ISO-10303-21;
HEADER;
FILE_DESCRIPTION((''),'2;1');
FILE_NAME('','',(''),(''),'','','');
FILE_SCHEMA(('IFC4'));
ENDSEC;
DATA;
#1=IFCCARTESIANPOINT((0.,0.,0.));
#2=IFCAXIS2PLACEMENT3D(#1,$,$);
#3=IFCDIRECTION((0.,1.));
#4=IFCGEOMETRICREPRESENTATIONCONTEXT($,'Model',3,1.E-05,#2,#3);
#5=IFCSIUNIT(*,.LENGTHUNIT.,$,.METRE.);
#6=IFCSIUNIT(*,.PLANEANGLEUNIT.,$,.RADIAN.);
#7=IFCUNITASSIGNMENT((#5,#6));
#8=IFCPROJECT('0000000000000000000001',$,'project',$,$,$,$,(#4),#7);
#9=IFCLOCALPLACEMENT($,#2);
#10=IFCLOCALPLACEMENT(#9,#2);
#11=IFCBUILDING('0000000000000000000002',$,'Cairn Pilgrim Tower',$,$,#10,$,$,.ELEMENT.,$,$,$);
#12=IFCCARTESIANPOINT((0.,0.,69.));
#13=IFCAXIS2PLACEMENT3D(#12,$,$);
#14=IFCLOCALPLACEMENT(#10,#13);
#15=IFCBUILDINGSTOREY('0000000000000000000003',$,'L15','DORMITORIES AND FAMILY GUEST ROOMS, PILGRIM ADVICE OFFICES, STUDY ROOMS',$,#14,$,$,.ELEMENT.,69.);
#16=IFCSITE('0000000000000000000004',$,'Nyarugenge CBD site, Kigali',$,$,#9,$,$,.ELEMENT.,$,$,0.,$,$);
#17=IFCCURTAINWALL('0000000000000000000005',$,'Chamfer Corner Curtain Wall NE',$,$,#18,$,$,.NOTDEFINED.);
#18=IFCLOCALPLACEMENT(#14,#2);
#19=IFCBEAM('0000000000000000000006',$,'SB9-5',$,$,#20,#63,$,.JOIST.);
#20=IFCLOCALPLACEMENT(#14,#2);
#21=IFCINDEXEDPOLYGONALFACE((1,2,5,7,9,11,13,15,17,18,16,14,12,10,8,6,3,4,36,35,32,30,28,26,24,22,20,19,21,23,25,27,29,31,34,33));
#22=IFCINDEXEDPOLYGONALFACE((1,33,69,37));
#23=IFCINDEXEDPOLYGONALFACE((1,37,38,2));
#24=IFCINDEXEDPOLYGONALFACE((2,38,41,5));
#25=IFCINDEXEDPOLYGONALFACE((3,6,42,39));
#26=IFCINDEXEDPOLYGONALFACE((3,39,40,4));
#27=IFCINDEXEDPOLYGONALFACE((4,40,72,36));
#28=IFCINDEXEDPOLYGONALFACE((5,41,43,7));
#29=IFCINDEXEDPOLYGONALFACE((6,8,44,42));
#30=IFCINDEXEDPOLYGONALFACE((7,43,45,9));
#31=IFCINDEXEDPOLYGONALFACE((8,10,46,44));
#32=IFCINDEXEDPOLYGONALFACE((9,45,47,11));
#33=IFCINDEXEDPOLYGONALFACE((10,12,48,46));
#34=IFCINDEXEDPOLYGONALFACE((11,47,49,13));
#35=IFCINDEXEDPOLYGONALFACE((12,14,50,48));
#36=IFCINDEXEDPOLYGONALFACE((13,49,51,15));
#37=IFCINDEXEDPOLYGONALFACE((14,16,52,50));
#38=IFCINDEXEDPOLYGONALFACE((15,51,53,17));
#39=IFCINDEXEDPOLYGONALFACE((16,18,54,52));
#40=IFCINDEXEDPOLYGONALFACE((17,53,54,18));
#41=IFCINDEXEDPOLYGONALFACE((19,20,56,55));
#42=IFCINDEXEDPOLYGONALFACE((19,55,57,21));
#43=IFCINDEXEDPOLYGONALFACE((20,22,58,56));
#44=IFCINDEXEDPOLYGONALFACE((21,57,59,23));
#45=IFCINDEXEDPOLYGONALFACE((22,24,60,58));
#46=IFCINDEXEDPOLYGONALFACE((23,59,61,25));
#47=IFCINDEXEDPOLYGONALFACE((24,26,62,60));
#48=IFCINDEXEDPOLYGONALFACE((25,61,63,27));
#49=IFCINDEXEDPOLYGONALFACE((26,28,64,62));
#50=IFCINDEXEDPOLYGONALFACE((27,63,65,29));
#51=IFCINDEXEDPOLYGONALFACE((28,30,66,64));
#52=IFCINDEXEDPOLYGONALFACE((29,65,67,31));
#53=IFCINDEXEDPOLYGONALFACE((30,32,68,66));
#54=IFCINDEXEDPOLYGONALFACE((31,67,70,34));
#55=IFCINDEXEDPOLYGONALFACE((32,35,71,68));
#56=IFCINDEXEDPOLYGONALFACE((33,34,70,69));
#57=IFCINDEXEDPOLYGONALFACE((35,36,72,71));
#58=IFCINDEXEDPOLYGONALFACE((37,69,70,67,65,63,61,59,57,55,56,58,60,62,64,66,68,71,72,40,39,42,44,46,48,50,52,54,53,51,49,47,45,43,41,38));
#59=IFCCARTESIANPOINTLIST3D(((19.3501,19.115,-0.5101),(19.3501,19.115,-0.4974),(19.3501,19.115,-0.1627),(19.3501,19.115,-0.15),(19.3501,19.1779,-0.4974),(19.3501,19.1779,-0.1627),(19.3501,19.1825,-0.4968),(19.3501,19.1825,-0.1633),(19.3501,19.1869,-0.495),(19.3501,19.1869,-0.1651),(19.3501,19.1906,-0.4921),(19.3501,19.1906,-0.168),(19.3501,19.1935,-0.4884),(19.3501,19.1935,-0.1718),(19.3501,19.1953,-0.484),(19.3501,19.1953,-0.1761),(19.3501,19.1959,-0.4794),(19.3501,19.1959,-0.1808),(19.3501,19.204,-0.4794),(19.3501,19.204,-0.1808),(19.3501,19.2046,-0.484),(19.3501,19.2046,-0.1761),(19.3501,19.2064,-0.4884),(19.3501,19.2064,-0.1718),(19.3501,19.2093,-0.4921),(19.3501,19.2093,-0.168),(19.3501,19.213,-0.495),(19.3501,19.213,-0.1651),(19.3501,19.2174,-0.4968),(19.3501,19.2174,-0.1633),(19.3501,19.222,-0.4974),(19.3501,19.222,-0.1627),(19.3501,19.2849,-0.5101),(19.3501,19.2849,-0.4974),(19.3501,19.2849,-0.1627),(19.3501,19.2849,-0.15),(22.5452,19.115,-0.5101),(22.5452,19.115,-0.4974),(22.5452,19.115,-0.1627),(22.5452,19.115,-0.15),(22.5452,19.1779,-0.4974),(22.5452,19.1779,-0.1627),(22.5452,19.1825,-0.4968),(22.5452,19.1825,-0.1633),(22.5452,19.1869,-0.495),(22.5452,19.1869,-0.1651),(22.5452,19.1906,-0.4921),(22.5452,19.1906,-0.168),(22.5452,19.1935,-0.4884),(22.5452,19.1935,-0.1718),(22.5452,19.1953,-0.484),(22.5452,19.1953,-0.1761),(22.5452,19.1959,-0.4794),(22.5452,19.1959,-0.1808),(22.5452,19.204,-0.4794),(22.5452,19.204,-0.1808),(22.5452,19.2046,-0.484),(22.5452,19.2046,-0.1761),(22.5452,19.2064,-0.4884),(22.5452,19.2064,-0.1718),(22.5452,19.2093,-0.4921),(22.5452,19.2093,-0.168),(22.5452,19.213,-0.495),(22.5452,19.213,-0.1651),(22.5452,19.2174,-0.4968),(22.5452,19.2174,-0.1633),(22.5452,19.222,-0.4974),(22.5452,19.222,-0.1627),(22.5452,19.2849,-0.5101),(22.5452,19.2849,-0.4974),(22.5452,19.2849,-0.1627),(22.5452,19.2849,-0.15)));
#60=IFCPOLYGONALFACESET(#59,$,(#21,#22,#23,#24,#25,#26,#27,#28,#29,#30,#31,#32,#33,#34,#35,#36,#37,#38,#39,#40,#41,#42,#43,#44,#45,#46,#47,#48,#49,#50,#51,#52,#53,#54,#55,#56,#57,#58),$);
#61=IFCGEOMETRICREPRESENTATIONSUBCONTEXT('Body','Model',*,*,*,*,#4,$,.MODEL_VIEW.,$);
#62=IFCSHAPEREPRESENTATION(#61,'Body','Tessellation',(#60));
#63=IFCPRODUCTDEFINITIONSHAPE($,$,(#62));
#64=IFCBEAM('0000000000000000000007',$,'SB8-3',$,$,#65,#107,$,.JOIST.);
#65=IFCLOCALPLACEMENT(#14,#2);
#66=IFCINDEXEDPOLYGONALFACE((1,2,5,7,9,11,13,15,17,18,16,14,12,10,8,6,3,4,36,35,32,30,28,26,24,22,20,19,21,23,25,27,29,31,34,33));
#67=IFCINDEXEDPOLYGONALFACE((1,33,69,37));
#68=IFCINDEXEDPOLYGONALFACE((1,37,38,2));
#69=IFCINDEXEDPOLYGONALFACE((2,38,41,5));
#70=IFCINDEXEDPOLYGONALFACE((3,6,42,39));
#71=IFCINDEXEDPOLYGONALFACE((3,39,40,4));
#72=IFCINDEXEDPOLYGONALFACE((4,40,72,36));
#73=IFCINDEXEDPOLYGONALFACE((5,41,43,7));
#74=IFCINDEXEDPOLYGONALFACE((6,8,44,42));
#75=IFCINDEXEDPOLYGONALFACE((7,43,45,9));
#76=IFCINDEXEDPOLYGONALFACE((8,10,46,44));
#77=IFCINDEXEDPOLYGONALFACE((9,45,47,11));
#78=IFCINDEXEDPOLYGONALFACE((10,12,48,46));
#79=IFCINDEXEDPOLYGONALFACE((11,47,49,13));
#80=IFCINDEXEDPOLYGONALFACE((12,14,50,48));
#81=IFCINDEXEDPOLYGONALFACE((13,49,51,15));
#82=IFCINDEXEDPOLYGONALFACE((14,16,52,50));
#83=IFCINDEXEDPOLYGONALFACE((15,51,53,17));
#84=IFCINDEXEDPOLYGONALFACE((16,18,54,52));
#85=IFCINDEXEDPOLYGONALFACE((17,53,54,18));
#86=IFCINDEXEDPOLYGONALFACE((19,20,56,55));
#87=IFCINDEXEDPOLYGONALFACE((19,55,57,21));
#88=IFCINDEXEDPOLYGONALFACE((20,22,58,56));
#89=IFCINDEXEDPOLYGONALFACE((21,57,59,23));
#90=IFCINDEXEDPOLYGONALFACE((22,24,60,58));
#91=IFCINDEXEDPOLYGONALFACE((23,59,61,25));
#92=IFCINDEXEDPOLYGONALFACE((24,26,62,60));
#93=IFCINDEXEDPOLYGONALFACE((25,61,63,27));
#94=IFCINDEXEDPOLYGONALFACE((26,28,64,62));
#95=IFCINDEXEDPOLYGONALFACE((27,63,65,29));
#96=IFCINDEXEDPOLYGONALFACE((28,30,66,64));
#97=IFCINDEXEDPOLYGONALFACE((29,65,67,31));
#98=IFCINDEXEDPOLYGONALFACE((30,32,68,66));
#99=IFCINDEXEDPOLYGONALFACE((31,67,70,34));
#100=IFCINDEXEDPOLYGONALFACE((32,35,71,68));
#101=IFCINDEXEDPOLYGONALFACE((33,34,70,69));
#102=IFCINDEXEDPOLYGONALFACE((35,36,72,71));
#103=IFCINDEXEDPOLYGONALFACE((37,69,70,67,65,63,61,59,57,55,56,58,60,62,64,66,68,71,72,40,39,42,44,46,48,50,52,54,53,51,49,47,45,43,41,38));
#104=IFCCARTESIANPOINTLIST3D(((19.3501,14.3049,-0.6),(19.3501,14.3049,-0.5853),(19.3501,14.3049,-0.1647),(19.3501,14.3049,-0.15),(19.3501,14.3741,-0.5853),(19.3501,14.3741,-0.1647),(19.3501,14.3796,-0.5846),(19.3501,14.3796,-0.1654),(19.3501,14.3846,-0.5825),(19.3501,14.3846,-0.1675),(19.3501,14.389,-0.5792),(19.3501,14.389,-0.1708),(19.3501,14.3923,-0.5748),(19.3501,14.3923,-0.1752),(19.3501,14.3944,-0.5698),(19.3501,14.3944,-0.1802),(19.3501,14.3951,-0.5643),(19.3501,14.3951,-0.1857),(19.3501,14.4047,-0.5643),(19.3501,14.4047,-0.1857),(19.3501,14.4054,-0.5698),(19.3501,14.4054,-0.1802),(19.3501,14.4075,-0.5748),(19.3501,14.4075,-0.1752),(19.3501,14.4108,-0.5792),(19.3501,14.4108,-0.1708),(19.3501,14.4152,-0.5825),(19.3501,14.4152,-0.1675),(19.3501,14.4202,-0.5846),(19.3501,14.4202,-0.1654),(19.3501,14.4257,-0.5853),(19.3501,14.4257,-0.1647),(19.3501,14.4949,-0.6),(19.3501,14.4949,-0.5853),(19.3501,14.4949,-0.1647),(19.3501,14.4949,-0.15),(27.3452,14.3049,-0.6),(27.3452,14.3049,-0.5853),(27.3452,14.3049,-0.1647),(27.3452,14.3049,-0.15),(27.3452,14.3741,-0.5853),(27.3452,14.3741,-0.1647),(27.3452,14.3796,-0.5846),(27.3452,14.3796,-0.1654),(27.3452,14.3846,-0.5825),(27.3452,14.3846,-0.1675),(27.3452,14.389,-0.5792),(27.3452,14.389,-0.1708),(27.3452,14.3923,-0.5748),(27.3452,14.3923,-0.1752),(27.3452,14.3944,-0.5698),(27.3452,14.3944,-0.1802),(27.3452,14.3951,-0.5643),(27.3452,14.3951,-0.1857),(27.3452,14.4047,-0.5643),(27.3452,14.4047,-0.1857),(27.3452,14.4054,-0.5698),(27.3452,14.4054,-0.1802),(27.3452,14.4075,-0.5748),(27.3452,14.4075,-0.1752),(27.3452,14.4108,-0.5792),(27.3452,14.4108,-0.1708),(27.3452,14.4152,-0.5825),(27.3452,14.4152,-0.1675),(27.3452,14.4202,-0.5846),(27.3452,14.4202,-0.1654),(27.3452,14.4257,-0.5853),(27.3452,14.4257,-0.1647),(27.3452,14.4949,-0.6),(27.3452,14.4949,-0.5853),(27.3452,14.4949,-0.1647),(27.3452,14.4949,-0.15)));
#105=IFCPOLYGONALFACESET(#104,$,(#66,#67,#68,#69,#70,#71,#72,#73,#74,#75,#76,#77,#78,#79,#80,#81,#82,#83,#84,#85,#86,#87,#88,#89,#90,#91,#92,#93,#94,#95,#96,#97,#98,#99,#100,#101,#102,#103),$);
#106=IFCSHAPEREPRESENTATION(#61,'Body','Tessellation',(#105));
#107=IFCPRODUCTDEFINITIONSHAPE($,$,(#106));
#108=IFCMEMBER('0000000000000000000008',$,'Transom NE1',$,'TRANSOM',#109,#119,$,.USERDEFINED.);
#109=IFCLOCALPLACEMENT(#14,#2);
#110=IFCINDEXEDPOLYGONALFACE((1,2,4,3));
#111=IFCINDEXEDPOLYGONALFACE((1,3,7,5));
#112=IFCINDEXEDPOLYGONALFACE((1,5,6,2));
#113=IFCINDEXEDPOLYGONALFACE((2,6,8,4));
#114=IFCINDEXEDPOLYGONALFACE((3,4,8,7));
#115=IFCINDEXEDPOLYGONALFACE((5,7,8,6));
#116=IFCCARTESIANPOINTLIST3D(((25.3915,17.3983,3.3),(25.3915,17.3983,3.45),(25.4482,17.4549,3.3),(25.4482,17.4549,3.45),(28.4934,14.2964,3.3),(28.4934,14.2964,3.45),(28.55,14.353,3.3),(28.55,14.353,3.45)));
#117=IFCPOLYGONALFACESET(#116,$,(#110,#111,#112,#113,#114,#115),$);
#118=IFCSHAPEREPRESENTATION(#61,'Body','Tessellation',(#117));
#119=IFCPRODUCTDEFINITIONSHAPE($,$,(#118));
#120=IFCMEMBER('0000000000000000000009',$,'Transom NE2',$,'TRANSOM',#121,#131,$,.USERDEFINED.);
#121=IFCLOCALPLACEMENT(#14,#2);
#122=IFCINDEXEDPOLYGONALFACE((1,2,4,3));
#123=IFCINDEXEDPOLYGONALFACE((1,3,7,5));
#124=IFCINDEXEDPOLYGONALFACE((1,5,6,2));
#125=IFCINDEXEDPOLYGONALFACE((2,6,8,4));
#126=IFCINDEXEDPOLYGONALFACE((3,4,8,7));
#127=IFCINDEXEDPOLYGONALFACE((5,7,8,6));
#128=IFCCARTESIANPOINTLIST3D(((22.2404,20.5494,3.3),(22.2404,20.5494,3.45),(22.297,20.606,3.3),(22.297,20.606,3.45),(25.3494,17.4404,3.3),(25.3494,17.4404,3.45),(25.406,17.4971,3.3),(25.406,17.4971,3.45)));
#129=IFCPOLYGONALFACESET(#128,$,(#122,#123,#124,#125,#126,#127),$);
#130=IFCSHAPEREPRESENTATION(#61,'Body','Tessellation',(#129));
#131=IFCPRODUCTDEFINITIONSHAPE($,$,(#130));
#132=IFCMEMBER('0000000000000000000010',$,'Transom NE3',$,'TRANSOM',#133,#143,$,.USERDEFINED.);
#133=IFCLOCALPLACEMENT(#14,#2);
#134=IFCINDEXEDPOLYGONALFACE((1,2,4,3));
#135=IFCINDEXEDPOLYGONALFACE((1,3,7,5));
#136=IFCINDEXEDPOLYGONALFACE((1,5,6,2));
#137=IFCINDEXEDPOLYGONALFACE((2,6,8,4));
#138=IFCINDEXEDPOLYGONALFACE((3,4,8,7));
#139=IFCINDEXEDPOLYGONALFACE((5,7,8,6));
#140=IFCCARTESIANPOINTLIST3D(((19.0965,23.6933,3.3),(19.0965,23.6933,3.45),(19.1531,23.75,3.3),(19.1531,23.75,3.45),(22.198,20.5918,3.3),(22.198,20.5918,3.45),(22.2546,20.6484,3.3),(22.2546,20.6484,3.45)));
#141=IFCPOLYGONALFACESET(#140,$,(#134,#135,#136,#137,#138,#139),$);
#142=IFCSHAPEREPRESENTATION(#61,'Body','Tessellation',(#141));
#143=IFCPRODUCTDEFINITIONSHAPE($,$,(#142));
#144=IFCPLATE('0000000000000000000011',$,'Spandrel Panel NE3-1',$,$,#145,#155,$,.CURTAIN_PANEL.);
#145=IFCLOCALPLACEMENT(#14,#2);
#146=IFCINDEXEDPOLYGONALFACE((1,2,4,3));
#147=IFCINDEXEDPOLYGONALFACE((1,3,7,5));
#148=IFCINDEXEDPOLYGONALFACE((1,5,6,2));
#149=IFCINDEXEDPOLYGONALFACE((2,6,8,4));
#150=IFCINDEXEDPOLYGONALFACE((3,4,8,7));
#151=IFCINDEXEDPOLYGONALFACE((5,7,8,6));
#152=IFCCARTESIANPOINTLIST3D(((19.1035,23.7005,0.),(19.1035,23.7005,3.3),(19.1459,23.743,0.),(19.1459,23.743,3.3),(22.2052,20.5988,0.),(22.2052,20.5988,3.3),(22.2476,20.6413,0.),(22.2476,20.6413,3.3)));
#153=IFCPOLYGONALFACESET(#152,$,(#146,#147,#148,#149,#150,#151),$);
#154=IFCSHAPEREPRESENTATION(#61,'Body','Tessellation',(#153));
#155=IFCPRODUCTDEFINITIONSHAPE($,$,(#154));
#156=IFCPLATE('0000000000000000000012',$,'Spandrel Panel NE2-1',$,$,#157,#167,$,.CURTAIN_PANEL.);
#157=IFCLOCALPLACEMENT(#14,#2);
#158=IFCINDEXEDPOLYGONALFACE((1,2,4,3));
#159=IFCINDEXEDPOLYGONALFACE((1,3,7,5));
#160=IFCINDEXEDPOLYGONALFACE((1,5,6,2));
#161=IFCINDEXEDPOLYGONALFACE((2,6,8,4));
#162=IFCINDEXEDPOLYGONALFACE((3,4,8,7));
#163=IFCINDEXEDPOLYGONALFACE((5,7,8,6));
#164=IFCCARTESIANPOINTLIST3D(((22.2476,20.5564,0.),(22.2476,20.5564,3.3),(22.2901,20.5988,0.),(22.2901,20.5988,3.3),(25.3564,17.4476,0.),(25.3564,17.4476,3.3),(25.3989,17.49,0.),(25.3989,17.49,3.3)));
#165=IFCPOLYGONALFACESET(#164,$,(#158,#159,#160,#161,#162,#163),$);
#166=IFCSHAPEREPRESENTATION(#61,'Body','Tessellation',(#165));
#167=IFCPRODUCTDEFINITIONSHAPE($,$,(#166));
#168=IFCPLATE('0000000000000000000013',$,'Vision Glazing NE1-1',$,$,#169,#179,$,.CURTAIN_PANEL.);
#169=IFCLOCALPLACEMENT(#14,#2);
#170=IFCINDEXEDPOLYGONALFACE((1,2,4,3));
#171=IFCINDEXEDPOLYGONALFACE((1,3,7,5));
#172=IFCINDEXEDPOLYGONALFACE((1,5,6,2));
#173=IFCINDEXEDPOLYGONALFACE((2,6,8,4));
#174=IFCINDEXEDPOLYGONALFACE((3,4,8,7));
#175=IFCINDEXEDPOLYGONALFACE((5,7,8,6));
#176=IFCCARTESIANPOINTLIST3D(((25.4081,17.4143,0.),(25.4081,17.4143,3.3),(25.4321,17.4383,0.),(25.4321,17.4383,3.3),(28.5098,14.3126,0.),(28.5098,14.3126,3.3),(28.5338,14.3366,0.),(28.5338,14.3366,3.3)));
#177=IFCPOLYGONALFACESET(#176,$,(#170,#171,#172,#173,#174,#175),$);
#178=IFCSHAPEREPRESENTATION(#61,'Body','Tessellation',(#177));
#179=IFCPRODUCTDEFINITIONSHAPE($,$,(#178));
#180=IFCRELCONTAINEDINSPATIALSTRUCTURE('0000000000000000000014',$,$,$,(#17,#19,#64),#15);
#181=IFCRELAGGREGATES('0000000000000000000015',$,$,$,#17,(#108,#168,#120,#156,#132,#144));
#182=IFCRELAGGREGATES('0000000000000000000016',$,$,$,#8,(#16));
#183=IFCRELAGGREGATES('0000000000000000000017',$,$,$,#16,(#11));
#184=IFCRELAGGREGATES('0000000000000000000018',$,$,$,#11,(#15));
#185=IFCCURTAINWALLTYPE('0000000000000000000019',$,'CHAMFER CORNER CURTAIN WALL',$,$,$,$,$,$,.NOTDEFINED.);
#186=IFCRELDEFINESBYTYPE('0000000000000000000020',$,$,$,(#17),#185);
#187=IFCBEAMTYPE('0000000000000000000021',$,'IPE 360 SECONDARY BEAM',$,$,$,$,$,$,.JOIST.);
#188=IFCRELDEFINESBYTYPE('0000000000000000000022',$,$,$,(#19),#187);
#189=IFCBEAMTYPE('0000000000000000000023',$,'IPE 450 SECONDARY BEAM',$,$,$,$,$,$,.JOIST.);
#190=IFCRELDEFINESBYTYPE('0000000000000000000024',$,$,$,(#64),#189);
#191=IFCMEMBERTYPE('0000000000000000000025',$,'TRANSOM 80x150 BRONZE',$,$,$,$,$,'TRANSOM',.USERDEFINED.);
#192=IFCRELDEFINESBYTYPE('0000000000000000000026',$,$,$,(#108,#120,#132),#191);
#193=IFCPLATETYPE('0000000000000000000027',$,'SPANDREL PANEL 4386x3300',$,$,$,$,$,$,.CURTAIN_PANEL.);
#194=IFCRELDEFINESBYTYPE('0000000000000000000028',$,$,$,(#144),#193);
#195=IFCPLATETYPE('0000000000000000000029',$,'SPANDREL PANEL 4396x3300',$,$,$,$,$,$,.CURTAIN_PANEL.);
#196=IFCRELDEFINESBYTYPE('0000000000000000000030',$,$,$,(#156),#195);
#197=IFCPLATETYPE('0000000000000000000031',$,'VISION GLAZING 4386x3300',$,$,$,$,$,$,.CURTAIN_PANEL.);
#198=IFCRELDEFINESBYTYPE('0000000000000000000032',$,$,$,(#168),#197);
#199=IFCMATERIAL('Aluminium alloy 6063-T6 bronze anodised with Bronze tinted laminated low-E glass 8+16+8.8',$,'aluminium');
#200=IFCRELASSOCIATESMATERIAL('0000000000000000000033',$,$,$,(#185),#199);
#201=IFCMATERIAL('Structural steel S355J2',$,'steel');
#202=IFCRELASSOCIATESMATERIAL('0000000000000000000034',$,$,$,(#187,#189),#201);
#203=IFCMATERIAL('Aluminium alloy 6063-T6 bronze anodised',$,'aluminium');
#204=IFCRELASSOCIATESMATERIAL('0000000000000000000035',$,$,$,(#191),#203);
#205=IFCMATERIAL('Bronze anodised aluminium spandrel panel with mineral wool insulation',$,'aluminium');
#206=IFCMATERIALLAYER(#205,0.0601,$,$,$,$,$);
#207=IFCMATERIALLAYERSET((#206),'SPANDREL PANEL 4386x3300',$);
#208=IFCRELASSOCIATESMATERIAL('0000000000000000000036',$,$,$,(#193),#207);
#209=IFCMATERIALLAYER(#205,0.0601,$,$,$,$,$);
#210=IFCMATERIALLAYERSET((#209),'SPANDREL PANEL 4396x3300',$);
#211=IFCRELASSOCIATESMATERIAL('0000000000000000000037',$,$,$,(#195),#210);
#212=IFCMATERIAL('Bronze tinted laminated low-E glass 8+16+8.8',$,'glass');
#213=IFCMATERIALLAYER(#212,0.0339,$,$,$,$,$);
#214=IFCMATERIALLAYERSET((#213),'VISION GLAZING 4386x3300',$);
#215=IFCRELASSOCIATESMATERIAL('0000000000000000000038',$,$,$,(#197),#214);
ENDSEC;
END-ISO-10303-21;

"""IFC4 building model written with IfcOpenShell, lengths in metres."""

from ifc_helpers import new_model, si_unit, direction, frame, origin, origin_2d, place, context, subcontext, project, spatial, rectangle, i_section, extrude, material, layer, layer_set, material_profile, profile_set, type_object, element, aggregate, save


model = new_model("IFC4")

# Units and contexts
model_context = context("Model", 3, precision=1e-05, world=origin(), true_north=direction((0.0, 1.0)))
body_context = subcontext(model_context, "Body", "Model", "MODEL_VIEW")
ifc_project = project(units=[si_unit("LENGTHUNIT", "METRE"), si_unit("PLANEANGLEUNIT", "RADIAN")], contexts=[model_context])

# Site, building, storey
site_placement = place(None, origin())
site = spatial("IfcSite", under=ifc_project, at=site_placement, Name="Nyarugenge CBD site, Kigali", CompositionType="ELEMENT", RefElevation=0.0)
building_placement = place(site_placement, origin())
building = spatial("IfcBuilding", under=site, at=building_placement, Name="Cairn Pilgrim Tower", CompositionType="ELEMENT")
storey_placement = place(building_placement, frame((0.0, 0.0, 69.0)))
storey = spatial("IfcBuildingStorey", under=building, at=storey_placement, Name="L15", Description="DORMITORIES AND FAMILY GUEST ROOMS, PILGRIM ADVICE OFFICES, STUDY ROOMS", CompositionType="ELEMENT", Elevation=69.0)

# Shared definitions
ifc_material_1 = material(Name="Structural steel S355J2", Category="steel")

# Curtain wall
ifc_material_2 = material(Name="Aluminium alloy 6063-T6 bronze anodised with Bronze tinted laminated low-E glass 8+16+8.8", Category="aluminium")
curtain_wall_type_1 = type_object("IfcCurtainWallType", Name="CHAMFER CORNER CURTAIN WALL", PredefinedType="NOTDEFINED", material=ifc_material_2)
curtain_wall_1_placement = place(storey_placement, origin())
curtain_wall_1 = element("IfcCurtainWall", 1, at=curtain_wall_1_placement, inside=storey, type_object=curtain_wall_type_1, Name="Chamfer Corner Curtain Wall NE", PredefinedType="NOTDEFINED")
ifc_material_3 = material(Name="Aluminium alloy 6063-T6 bronze anodised", Category="aluminium")

# Beams
ifc_material_profile_1 = material_profile(ifc_material_1, i_section(OverallWidth=0.1699, OverallDepth=0.3601, WebThickness=0.0081, FlangeThickness=0.0127, FilletRadius=0.0181, at=origin_2d()), Name="IPE 360")
ifc_profile_set_1 = profile_set([ifc_material_profile_1], Name="Structural steel S355J2")
beam_type_1 = type_object("IfcBeamType", Name="IPE 360 SECONDARY BEAM", PredefinedType="JOIST", material=ifc_profile_set_1)
beam_1_placement = place(storey_placement, frame((19.3501, 19.2, -0.3301), z_axis=(1.0, 0.0, 0.0), x_axis=(0.0, 1.0, 0.0)))
element("IfcBeam", 2, at=beam_1_placement, inside=storey, type_object=beam_type_1, Name="SB9-5", PredefinedType="JOIST", context=body_context, shape_type="SweptSolid", body=[
    extrude(i_section(OverallWidth=0.1699, OverallDepth=0.3601, WebThickness=0.0081, FlangeThickness=0.0127, FilletRadius=0.0181, at=origin_2d()), origin(), (0.0, 0.0, 1.0), 3.1951),
])
ifc_material_profile_2 = material_profile(ifc_material_1, i_section(OverallWidth=0.1899, OverallDepth=0.45, WebThickness=0.0095, FlangeThickness=0.0146, FilletRadius=0.021, at=origin_2d()), Name="IPE 450")
ifc_profile_set_2 = profile_set([ifc_material_profile_2], Name="Structural steel S355J2")
beam_type_2 = type_object("IfcBeamType", Name="IPE 450 SECONDARY BEAM", PredefinedType="JOIST", material=ifc_profile_set_2)
beam_2_placement = place(storey_placement, frame((19.3501, 14.3999, -0.375), z_axis=(1.0, 0.0, 0.0), x_axis=(0.0, 1.0, 0.0)))
element("IfcBeam", 3, at=beam_2_placement, inside=storey, type_object=beam_type_2, Name="SB8-3", PredefinedType="JOIST", context=body_context, shape_type="SweptSolid", body=[
    extrude(i_section(OverallWidth=0.1899, OverallDepth=0.45, WebThickness=0.0095, FlangeThickness=0.0146, FilletRadius=0.021, at=origin_2d()), origin(), (0.0, 0.0, 1.0), 7.9951),
])

# Members
ifc_material_profile_3 = material_profile(ifc_material_3, rectangle(XDim=0.0801, YDim=0.1499, at=origin_2d()), Name="TRANSOM 80x150 BRONZE")
ifc_profile_set_3 = profile_set([ifc_material_profile_3], Name="Aluminium alloy 6063-T6 bronze anodised")
member_type_1 = type_object("IfcMemberType", Name="TRANSOM 80x150 BRONZE", ElementType="TRANSOM", PredefinedType="USERDEFINED", material=ifc_profile_set_3)
member_1_placement = place(storey_placement, frame((28.5217, 14.3247, 3.375), z_axis=(-0.707107, 0.707107, 0.0), x_axis=(-0.707107, -0.707107, 0.0)))
member_1 = element("IfcMember", 4, at=member_1_placement, type_object=member_type_1, Name="Transom NE1", ObjectType="TRANSOM", PredefinedType="USERDEFINED", context=body_context, shape_type="SweptSolid", body=[
    extrude(rectangle(XDim=0.0801, YDim=0.1499, at=origin_2d()), origin(), (0.0, 0.0, 1.0), 4.3867),
])
member_2_placement = place(storey_placement, frame((25.3777, 17.4688, 3.375), z_axis=(-0.707107, 0.707107, 0.0), x_axis=(-0.707107, -0.707107, 0.0)))
member_2 = element("IfcMember", 5, at=member_2_placement, type_object=member_type_1, Name="Transom NE2", ObjectType="TRANSOM", PredefinedType="USERDEFINED", context=body_context, shape_type="SweptSolid", body=[
    extrude(rectangle(XDim=0.0801, YDim=0.1499, at=origin_2d()), origin(), (0.0, 0.0, 1.0), 4.3967),
])
member_3_placement = place(storey_placement, frame((22.2263, 20.6201, 3.375), z_axis=(-0.707107, 0.707107, 0.0), x_axis=(-0.707107, -0.707107, 0.0)))
member_3 = element("IfcMember", 6, at=member_3_placement, type_object=member_type_1, Name="Transom NE3", ObjectType="TRANSOM", PredefinedType="USERDEFINED", context=body_context, shape_type="SweptSolid", body=[
    extrude(rectangle(XDim=0.0801, YDim=0.1499, at=origin_2d()), origin(), (0.0, 0.0, 1.0), 4.3862),
])

# Plates
ifc_material_4 = material(Name="Bronze anodised aluminium spandrel panel with mineral wool insulation", Category="aluminium")
ifc_layer_1 = layer(ifc_material_4, 0.0601)
ifc_layer_set_1 = layer_set([ifc_layer_1], Name="SPANDREL PANEL 4386x3300")
plate_type_1 = type_object("IfcPlateType", Name="SPANDREL PANEL 4386x3300", PredefinedType="CURTAIN_PANEL", material=ifc_layer_set_1)
plate_1_placement = place(storey_placement, frame((20.6755, 22.1709, 0.0), z_axis=(0.0, 0.0, 1.0), x_axis=(-0.707107, 0.707107, 0.0)))
plate_1 = element("IfcPlate", 7, at=plate_1_placement, type_object=plate_type_1, Name="Spandrel Panel NE3-1", PredefinedType="CURTAIN_PANEL", context=body_context, shape_type="SweptSolid", body=[
    extrude(rectangle(XDim=4.3865, YDim=0.0601, at=origin_2d()), origin(), (0.0, 0.0, 1.0), 3.3),
])
ifc_layer_2 = layer(ifc_material_4, 0.0601)
ifc_layer_set_2 = layer_set([ifc_layer_2], Name="SPANDREL PANEL 4396x3300")
plate_type_2 = type_object("IfcPlateType", Name="SPANDREL PANEL 4396x3300", PredefinedType="CURTAIN_PANEL", material=ifc_layer_set_2)
plate_2_placement = place(storey_placement, frame((23.8232, 19.0232, 0.0), z_axis=(0.0, 0.0, 1.0), x_axis=(-0.707107, 0.707107, 0.0)))
plate_2 = element("IfcPlate", 8, at=plate_2_placement, type_object=plate_type_2, Name="Spandrel Panel NE2-1", PredefinedType="CURTAIN_PANEL", context=body_context, shape_type="SweptSolid", body=[
    extrude(rectangle(XDim=4.3965, YDim=0.0601, at=origin_2d()), origin(), (0.0, 0.0, 1.0), 3.3),
])
ifc_material_5 = material(Name="Bronze tinted laminated low-E glass 8+16+8.8", Category="glass")
ifc_layer_3 = layer(ifc_material_5, 0.0339)
ifc_layer_set_3 = layer_set([ifc_layer_3], Name="VISION GLAZING 4386x3300")
plate_type_3 = type_object("IfcPlateType", Name="VISION GLAZING 4386x3300", PredefinedType="CURTAIN_PANEL", material=ifc_layer_set_3)
plate_3_placement = place(storey_placement, frame((26.9709, 15.8755, 0.0), z_axis=(0.0, 0.0, 1.0), x_axis=(-0.707107, 0.707107, 0.0)))
plate_3 = element("IfcPlate", 9, at=plate_3_placement, type_object=plate_type_3, Name="Vision Glazing NE1-1", PredefinedType="CURTAIN_PANEL", context=body_context, shape_type="SweptSolid", body=[
    extrude(rectangle(XDim=4.3865, YDim=0.0339, at=origin_2d()), origin(), (0.0, 0.0, 1.0), 3.3),
])
aggregate(curtain_wall_1, [member_1, plate_3, member_2, plate_2, member_3, plate_1])

save(model, "model.ifc")
